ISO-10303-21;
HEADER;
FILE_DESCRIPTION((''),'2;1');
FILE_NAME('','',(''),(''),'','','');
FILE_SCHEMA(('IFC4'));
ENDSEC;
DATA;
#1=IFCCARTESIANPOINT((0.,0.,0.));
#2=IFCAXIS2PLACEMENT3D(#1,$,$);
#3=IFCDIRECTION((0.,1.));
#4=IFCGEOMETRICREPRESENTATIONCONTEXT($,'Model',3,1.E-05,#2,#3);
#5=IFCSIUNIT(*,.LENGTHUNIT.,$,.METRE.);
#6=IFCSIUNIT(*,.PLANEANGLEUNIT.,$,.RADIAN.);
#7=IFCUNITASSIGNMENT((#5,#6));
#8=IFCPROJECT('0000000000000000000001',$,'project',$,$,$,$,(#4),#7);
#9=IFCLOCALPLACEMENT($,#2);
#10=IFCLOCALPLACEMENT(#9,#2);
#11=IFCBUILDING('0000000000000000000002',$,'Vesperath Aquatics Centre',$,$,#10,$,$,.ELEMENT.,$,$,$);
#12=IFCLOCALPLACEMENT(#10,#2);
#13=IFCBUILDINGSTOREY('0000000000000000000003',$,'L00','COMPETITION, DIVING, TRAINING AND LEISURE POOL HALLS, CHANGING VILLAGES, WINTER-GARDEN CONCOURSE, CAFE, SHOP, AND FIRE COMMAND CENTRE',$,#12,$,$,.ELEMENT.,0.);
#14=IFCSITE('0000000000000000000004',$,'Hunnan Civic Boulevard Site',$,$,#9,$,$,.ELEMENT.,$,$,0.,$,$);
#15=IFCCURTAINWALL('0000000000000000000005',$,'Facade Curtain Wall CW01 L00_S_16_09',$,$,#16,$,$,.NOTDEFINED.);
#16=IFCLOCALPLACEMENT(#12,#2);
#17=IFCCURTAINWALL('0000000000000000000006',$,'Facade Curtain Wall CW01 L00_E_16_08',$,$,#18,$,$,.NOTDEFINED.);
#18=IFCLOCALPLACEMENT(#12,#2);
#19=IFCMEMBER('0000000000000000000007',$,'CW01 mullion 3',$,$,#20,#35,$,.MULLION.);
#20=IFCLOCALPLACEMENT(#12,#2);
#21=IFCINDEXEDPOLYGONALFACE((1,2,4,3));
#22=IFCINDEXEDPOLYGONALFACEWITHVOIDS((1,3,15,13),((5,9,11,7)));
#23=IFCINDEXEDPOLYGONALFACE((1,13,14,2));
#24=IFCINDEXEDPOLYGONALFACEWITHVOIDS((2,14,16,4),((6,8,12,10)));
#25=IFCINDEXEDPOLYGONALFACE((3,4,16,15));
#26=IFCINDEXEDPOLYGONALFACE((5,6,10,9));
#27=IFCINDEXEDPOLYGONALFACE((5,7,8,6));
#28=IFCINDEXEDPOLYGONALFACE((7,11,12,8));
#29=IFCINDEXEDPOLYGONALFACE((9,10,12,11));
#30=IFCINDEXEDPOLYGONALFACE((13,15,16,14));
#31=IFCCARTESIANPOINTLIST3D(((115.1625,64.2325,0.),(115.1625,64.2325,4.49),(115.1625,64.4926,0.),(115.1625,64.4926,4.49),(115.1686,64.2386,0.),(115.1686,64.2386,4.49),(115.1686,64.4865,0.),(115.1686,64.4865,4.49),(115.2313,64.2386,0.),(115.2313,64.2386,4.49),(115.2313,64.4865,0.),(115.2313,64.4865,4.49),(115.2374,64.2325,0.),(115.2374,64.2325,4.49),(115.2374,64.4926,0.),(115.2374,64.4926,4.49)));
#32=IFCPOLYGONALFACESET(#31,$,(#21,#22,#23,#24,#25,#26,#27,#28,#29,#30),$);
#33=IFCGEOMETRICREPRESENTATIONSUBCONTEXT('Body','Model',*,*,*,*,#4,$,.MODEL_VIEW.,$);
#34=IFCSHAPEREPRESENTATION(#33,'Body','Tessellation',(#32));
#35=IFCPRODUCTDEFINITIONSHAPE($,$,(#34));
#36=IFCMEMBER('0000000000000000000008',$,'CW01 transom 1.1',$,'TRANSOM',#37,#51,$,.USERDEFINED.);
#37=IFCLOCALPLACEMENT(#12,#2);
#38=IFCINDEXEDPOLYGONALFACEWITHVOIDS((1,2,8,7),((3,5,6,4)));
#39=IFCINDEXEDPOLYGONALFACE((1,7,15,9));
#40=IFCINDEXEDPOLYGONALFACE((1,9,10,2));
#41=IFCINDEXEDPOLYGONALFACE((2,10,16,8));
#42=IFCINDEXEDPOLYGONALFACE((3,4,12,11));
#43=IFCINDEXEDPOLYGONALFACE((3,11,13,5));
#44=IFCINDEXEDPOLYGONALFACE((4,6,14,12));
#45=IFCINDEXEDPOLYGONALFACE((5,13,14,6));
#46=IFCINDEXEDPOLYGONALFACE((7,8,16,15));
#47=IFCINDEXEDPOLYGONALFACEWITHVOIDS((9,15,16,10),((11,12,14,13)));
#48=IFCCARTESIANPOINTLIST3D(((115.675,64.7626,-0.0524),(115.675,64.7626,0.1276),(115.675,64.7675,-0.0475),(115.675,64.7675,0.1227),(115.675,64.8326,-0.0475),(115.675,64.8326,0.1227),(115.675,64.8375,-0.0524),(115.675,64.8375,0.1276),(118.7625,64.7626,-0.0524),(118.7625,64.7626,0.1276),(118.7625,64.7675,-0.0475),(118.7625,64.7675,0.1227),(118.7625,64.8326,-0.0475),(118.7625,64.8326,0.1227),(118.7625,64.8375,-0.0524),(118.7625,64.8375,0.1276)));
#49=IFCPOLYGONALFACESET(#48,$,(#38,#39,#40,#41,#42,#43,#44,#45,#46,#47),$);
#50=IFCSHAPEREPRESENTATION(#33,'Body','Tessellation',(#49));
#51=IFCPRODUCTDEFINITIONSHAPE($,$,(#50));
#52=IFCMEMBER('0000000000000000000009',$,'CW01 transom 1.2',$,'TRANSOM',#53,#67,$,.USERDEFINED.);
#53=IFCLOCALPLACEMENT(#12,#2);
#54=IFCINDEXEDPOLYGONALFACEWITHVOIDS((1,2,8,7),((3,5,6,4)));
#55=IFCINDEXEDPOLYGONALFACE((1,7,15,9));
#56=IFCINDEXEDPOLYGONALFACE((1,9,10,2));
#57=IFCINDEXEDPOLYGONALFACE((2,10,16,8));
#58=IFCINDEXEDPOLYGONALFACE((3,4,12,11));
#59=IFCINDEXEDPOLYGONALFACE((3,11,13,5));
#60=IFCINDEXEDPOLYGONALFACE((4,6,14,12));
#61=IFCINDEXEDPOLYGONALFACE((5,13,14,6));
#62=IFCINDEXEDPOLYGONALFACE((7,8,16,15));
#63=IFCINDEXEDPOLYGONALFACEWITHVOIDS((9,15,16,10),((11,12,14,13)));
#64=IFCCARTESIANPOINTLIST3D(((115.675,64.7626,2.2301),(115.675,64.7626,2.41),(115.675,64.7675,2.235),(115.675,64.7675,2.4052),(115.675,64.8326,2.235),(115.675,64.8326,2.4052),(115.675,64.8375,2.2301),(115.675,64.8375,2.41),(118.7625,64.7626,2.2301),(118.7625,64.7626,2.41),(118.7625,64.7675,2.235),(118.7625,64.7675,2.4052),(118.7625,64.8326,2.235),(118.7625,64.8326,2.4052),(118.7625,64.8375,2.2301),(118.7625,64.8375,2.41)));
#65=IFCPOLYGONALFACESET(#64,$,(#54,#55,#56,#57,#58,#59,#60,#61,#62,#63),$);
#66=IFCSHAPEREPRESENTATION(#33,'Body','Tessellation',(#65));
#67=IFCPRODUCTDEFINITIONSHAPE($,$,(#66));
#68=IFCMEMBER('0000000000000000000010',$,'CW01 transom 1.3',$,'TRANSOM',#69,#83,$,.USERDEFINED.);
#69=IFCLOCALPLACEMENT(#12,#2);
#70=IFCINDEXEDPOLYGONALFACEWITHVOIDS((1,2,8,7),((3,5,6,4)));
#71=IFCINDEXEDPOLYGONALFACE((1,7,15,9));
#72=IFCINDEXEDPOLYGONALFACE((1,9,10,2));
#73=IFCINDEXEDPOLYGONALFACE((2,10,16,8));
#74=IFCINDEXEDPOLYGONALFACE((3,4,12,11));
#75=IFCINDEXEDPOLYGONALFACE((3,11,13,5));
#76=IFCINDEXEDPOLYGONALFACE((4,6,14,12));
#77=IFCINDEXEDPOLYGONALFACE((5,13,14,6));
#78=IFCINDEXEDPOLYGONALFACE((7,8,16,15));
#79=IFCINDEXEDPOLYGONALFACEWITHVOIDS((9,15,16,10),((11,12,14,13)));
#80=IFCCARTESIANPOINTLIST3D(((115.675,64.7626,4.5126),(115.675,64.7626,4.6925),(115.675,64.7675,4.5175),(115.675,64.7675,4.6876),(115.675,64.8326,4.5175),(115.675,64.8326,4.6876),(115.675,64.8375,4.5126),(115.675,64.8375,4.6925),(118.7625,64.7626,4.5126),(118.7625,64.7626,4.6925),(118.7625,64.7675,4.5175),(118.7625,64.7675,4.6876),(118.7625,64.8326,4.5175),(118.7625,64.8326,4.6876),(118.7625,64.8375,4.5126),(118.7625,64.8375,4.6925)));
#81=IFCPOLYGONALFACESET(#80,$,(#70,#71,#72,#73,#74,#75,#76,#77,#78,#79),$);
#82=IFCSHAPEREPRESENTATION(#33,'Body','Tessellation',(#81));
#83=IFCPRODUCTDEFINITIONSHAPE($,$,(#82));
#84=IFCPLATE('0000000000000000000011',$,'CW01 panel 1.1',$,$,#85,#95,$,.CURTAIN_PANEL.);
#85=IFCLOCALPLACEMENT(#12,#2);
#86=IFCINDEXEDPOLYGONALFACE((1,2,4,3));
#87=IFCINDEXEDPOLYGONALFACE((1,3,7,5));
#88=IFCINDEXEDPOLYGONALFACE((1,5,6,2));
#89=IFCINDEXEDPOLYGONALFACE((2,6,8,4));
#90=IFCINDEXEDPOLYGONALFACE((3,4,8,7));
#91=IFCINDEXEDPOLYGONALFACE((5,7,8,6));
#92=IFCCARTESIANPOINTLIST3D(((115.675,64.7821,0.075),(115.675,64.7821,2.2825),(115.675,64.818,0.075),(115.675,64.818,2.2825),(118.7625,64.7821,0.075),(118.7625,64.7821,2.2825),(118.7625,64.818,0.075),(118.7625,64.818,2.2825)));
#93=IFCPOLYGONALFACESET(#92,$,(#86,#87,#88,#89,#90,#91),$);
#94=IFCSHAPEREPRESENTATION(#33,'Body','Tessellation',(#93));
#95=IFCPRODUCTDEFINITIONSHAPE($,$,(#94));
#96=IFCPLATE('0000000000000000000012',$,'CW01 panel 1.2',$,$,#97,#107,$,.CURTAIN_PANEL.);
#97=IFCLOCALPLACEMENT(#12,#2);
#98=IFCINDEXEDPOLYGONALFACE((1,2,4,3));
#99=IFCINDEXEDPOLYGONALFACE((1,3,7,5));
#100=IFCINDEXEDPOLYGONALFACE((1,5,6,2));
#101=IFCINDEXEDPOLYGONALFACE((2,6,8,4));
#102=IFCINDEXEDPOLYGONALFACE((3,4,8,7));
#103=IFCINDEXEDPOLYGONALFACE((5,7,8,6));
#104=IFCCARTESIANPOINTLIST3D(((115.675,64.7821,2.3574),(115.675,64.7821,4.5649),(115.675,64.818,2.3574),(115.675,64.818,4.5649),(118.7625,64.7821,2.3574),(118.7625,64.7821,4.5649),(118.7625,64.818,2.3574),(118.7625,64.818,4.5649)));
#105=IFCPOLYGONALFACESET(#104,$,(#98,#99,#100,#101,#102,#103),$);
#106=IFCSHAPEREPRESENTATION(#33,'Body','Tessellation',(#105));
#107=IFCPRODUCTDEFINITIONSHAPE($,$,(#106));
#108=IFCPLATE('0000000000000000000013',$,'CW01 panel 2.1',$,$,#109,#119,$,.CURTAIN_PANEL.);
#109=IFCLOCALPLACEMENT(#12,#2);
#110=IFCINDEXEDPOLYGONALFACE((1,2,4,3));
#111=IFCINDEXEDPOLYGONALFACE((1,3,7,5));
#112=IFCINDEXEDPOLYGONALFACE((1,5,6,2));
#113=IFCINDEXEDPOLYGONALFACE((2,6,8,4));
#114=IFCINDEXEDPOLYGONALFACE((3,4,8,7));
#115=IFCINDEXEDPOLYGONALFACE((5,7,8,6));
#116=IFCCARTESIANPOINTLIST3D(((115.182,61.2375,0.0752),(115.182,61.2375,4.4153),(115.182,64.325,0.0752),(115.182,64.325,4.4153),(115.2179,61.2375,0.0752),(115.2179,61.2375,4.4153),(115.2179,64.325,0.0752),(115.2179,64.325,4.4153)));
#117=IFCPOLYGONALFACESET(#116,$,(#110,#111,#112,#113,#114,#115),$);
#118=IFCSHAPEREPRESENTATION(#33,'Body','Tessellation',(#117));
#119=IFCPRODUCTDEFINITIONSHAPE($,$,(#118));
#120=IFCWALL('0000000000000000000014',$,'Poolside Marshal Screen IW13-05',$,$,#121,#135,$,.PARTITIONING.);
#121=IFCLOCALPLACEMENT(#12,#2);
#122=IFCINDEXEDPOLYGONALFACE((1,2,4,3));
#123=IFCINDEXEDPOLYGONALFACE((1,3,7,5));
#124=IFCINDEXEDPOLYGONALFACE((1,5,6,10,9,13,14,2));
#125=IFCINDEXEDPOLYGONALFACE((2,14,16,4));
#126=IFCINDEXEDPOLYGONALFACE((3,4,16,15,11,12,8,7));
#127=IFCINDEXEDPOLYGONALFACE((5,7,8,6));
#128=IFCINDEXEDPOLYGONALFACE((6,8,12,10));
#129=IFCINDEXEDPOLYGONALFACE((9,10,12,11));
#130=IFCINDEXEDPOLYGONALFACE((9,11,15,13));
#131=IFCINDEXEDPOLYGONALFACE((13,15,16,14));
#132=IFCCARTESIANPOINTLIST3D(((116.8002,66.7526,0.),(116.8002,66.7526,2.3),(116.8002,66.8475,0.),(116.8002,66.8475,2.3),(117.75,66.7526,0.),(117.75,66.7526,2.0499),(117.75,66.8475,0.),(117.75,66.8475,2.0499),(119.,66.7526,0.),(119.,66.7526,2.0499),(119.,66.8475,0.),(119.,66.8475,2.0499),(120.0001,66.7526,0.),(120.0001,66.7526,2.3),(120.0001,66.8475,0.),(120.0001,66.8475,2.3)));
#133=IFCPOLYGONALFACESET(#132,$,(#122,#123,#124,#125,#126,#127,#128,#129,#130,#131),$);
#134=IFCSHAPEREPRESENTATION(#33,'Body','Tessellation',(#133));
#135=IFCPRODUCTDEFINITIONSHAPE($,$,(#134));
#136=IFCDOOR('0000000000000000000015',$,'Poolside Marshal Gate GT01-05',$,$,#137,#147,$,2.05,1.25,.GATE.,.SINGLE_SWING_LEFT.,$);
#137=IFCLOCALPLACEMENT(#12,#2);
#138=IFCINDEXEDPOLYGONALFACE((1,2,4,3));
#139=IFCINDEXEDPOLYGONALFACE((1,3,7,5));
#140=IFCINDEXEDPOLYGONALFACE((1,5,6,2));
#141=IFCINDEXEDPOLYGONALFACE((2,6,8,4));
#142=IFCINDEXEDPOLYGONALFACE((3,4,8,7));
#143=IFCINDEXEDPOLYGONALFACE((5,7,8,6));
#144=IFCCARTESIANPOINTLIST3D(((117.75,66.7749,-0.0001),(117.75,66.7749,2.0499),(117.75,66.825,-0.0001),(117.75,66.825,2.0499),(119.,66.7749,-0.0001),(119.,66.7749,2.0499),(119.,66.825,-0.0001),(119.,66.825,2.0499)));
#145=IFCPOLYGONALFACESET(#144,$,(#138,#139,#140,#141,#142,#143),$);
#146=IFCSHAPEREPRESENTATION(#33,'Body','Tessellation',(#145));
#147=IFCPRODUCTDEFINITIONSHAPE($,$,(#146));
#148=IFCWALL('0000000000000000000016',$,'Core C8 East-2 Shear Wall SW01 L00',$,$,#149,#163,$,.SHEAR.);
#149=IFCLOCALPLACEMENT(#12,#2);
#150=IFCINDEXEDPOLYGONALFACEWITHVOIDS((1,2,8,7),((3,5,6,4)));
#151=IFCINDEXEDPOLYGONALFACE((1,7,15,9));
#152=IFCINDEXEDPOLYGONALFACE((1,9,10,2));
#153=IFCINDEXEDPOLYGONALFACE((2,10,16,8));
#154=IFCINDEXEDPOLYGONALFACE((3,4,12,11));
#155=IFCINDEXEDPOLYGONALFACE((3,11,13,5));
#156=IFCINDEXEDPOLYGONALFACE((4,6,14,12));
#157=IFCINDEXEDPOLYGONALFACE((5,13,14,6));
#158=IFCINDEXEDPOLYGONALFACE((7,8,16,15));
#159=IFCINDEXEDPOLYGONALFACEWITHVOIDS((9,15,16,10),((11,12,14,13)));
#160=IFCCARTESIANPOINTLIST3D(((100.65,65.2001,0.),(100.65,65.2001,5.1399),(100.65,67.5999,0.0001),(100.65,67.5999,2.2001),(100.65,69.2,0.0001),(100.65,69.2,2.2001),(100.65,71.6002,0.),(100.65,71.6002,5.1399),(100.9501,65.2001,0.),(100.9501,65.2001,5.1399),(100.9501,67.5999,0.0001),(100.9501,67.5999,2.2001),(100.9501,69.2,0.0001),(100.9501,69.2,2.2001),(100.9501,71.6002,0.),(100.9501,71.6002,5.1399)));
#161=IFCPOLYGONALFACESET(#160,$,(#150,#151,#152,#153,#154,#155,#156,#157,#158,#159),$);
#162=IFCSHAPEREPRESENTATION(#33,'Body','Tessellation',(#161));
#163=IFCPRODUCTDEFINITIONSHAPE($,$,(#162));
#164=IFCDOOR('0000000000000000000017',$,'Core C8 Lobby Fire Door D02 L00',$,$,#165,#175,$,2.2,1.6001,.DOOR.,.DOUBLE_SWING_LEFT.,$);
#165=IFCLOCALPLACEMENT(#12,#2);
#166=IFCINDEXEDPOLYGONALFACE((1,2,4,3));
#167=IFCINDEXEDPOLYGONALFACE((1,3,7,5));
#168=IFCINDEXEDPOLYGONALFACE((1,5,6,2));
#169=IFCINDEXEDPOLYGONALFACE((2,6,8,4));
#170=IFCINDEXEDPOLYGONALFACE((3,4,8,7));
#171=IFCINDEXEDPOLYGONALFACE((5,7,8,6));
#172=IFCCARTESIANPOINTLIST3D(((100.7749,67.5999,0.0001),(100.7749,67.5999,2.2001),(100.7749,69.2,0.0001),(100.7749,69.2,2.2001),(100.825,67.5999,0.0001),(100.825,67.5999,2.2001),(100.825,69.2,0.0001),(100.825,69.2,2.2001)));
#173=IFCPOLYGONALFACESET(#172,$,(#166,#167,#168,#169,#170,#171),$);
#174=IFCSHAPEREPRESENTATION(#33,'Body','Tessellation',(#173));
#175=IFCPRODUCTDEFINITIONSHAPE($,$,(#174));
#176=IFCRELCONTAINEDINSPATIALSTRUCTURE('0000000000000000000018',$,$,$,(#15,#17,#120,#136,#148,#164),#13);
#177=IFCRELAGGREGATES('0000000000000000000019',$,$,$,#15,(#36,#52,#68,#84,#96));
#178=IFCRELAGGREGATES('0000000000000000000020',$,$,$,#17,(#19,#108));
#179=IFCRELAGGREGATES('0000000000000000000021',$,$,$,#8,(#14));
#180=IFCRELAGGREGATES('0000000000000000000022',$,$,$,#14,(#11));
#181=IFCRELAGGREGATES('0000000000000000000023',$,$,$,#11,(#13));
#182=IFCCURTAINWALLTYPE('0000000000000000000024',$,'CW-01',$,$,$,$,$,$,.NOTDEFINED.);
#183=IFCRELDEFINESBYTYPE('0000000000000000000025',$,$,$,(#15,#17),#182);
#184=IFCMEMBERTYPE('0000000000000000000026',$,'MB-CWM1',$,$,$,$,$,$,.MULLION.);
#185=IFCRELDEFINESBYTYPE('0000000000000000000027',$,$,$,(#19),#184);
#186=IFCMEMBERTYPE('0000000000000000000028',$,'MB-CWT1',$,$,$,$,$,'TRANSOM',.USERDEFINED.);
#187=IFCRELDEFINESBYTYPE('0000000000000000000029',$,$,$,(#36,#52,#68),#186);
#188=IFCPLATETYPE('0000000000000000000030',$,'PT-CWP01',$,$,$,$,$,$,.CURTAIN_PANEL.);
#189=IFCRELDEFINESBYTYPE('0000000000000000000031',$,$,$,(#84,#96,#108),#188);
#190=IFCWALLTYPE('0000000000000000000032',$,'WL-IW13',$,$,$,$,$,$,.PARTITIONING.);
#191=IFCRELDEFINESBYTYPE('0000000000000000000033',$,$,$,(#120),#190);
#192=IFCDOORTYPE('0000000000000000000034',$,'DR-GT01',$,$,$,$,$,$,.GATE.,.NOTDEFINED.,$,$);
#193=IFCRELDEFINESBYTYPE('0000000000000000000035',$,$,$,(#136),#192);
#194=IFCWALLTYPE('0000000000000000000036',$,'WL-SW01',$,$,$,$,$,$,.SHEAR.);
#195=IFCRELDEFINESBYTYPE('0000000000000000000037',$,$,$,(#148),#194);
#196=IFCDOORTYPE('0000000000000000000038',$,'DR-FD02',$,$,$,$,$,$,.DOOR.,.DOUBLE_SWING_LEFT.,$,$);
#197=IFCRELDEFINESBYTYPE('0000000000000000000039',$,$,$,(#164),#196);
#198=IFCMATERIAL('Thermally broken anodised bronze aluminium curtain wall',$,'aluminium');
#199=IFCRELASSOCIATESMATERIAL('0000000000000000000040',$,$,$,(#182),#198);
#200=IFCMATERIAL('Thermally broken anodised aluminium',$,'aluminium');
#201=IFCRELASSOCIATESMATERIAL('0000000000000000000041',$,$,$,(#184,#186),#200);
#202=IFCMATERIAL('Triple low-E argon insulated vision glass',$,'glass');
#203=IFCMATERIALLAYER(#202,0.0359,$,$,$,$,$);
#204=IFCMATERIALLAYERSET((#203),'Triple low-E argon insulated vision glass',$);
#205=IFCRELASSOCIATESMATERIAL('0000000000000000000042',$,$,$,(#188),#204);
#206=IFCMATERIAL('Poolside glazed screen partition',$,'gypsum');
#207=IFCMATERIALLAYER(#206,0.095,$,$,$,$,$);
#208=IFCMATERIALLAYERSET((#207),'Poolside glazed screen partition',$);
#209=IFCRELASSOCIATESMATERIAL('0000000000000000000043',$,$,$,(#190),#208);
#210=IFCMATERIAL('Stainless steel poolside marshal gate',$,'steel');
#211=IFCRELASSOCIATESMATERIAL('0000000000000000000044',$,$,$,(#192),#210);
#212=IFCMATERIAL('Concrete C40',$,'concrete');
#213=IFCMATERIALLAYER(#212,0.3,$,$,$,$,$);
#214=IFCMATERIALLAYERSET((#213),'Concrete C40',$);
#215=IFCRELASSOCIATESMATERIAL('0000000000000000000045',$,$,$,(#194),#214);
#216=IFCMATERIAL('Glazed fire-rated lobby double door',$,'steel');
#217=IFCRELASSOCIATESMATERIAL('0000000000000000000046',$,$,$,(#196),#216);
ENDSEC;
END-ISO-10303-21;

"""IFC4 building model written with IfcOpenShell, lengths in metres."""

from ifc_helpers import new_model, si_unit, direction, frame, frame_2d, origin, origin_2d, place, context, subcontext, project, spatial, rectangle, hollow_rectangle, extrude, material, layer, layer_set, material_profile, profile_set, type_object, element, fill, aggregate, save


model = new_model("IFC4")

# Units and contexts
model_context = context("Model", 3, precision=1e-05, world=origin(), true_north=direction((0.0, 1.0)))
body_context = subcontext(model_context, "Body", "Model", "MODEL_VIEW")
ifc_project = project(units=[si_unit("LENGTHUNIT", "METRE"), si_unit("PLANEANGLEUNIT", "RADIAN")], contexts=[model_context])

# Site, building, storey
site_placement = place(None, origin())
site = spatial("IfcSite", under=ifc_project, at=site_placement, Name="Hunnan Civic Boulevard Site", CompositionType="ELEMENT", RefElevation=0.0)
building_placement = place(site_placement, origin())
building = spatial("IfcBuilding", under=site, at=building_placement, Name="Vesperath Aquatics Centre", CompositionType="ELEMENT")
storey_placement = place(building_placement, origin())
storey = spatial("IfcBuildingStorey", under=building, at=storey_placement, Name="L00", Description="COMPETITION, DIVING, TRAINING AND LEISURE POOL HALLS, CHANGING VILLAGES, WINTER-GARDEN CONCOURSE, CAFE, SHOP, AND FIRE COMMAND CENTRE", CompositionType="ELEMENT", Elevation=0.0)

# Shared definitions
ifc_material_1 = material(Name="Concrete C40", Category="concrete")

# Curtain walls, member
ifc_material_2 = material(Name="Thermally broken anodised bronze aluminium curtain wall", Category="aluminium")
curtain_wall_type = type_object("IfcCurtainWallType", Name="CW-01", PredefinedType="NOTDEFINED", material=ifc_material_2)
curtain_wall_1_placement = place(storey_placement, origin())
curtain_wall_1 = element("IfcCurtainWall", 1, at=curtain_wall_1_placement, inside=storey, type_object=curtain_wall_type, Name="Facade Curtain Wall CW01 L00_S_16_09", PredefinedType="NOTDEFINED")
ifc_material_3 = material(Name="Thermally broken anodised aluminium", Category="aluminium")
ifc_material_profile_1 = material_profile(ifc_material_3, hollow_rectangle(XDim=0.075, YDim=0.26, WallThickness=0.0061, at=origin_2d()), Name="CWM 75x260x6")
ifc_profile_set_1 = profile_set([ifc_material_profile_1], Name="Thermally broken anodised aluminium")
member_type_1 = type_object("IfcMemberType", Name="MB-CWM1", PredefinedType="MULLION", material=ifc_profile_set_1)
curtain_wall_2_placement = place(storey_placement, origin())
curtain_wall_2 = element("IfcCurtainWall", 2, at=curtain_wall_2_placement, inside=storey, type_object=curtain_wall_type, Name="Facade Curtain Wall CW01 L00_E_16_08", PredefinedType="NOTDEFINED")
member_1_placement = place(storey_placement, frame((115.2, 64.3625, 0.0), z_axis=(0.0, 0.0, 1.0), x_axis=(-1.0, 0.0, 0.0)))
member_1 = element("IfcMember", 3, at=member_1_placement, type_object=member_type_1, Name="CW01 mullion 3", PredefinedType="MULLION", context=body_context, shape_type="SweptSolid", body=[
    extrude(hollow_rectangle(XDim=0.075, YDim=0.26, WallThickness=0.0061, at=origin_2d()), origin(), (0.0, 0.0, 1.0), 4.49),
])

# Members
ifc_material_profile_2 = material_profile(ifc_material_3, hollow_rectangle(XDim=0.075, YDim=0.1799, WallThickness=0.0049, at=origin_2d()), Name="CWT 75x180x5")
ifc_profile_set_2 = profile_set([ifc_material_profile_2], Name="Thermally broken anodised aluminium")
member_type_2 = type_object("IfcMemberType", Name="MB-CWT1", ElementType="TRANSOM", PredefinedType="USERDEFINED", material=ifc_profile_set_2)
member_2_placement = place(storey_placement, frame((115.675, 64.8, 0.0376), z_axis=(1.0, 0.0, 0.0), x_axis=(0.0, 1.0, 0.0)))
member_2 = element("IfcMember", 4, at=member_2_placement, type_object=member_type_2, Name="CW01 transom 1.1", ObjectType="TRANSOM", PredefinedType="USERDEFINED", context=body_context, shape_type="SweptSolid", body=[
    extrude(hollow_rectangle(XDim=0.075, YDim=0.1799, WallThickness=0.0049, at=origin_2d()), origin(), (0.0, 0.0, 1.0), 3.0874),
])
member_3_placement = place(storey_placement, frame((115.675, 64.8, 2.3201), z_axis=(1.0, 0.0, 0.0), x_axis=(0.0, 1.0, 0.0)))
member_3 = element("IfcMember", 5, at=member_3_placement, type_object=member_type_2, Name="CW01 transom 1.2", ObjectType="TRANSOM", PredefinedType="USERDEFINED", context=body_context, shape_type="SweptSolid", body=[
    extrude(hollow_rectangle(XDim=0.075, YDim=0.1799, WallThickness=0.0049, at=origin_2d()), origin(), (0.0, 0.0, 1.0), 3.0874),
])
member_4_placement = place(storey_placement, frame((115.675, 64.8, 4.6025), z_axis=(1.0, 0.0, 0.0), x_axis=(0.0, 1.0, 0.0)))
member_4 = element("IfcMember", 6, at=member_4_placement, type_object=member_type_2, Name="CW01 transom 1.3", ObjectType="TRANSOM", PredefinedType="USERDEFINED", context=body_context, shape_type="SweptSolid", body=[
    extrude(hollow_rectangle(XDim=0.075, YDim=0.1799, WallThickness=0.0049, at=origin_2d()), origin(), (0.0, 0.0, 1.0), 3.0874),
])

# Plates
ifc_material_4 = material(Name="Triple low-E argon insulated vision glass", Category="glass")
ifc_layer_1 = layer(ifc_material_4, 0.0359)
ifc_layer_set_1 = layer_set([ifc_layer_1], Name="Triple low-E argon insulated vision glass")
plate_type = type_object("IfcPlateType", Name="PT-CWP01", PredefinedType="CURTAIN_PANEL", material=ifc_layer_set_1)
plate_1_placement = place(storey_placement, frame((117.2188, 64.8, 0.075), z_axis=(0.0, 0.0, 1.0), x_axis=(1.0, 0.0, 0.0)))
plate_1 = element("IfcPlate", 7, at=plate_1_placement, type_object=plate_type, Name="CW01 panel 1.1", PredefinedType="CURTAIN_PANEL", context=body_context, shape_type="SweptSolid", body=[
    extrude(rectangle(XDim=3.0874, YDim=0.0359, at=origin_2d()), origin(), (0.0, 0.0, 1.0), 2.2075),
])
plate_2_placement = place(storey_placement, frame((117.2188, 64.8, 2.3574), z_axis=(0.0, 0.0, 1.0), x_axis=(1.0, 0.0, 0.0)))
plate_2 = element("IfcPlate", 8, at=plate_2_placement, type_object=plate_type, Name="CW01 panel 1.2", PredefinedType="CURTAIN_PANEL", context=body_context, shape_type="SweptSolid", body=[
    extrude(rectangle(XDim=3.0874, YDim=0.0359, at=origin_2d()), origin(), (0.0, 0.0, 1.0), 2.2075),
])
aggregate(curtain_wall_1, [member_2, member_3, member_4, plate_1, plate_2])
plate_3_placement = place(storey_placement, frame((115.2, 62.7812, 0.0752), z_axis=(0.0, 0.0, 1.0), x_axis=(0.0, 1.0, 0.0)))
plate_3 = element("IfcPlate", 9, at=plate_3_placement, type_object=plate_type, Name="CW01 panel 2.1", PredefinedType="CURTAIN_PANEL", context=body_context, shape_type="SweptSolid", body=[
    extrude(rectangle(XDim=3.0874, YDim=0.0359, at=origin_2d()), origin(), (0.0, 0.0, 1.0), 4.3401),
])
aggregate(curtain_wall_2, [member_1, plate_3])

# Walls, openings, doors
ifc_material_5 = material(Name="Poolside glazed screen partition", Category="gypsum")
ifc_layer_2 = layer(ifc_material_5, 0.095)
ifc_layer_set_2 = layer_set([ifc_layer_2], Name="Poolside glazed screen partition")
wall_type_1 = type_object("IfcWallType", Name="WL-IW13", PredefinedType="PARTITIONING", material=ifc_layer_set_2)
wall_1_placement = place(storey_placement, frame((116.8, 66.8, 0.0), z_axis=(0.0, 0.0, 1.0), x_axis=(1.0, 0.0, 0.0)))
wall_1 = element("IfcWall", 10, at=wall_1_placement, inside=storey, type_object=wall_type_1, Name="Poolside Marshal Screen IW13-05", PredefinedType="PARTITIONING", context=body_context, shape_type="SweptSolid", body=[
    extrude(rectangle(XDim=3.2, YDim=0.095, at=frame_2d((1.6001, 0.0))), origin(), (0.0, 0.0, 1.0), 2.3),
])
opening_1_placement = place(wall_1_placement, frame((0.95, 0.0, 0.0)))
opening_1 = element("IfcOpeningElement", 11, at=opening_1_placement, cuts=wall_1, PredefinedType="OPENING", context=body_context, shape_type="SweptSolid", body=[
    extrude(rectangle(XDim=1.25, YDim=2.05, at=frame_2d((0.625, 1.0249))), frame((0.0, 0.0625, 0.0), z_axis=(0.0, -1.0, 0.0), x_axis=(1.0, 0.0, 0.0)), (0.0, 0.0, 1.0), 0.1248),
])
ifc_material_6 = material(Name="Stainless steel poolside marshal gate", Category="steel")
door_type_1 = type_object("IfcDoorType", Name="DR-GT01", OperationType="NOTDEFINED", PredefinedType="GATE", material=ifc_material_6)
door_1_placement = place(opening_1_placement, origin())
door_1 = element("IfcDoor", 12, at=door_1_placement, inside=storey, type_object=door_type_1, Name="Poolside Marshal Gate GT01-05", OperationType="SINGLE_SWING_LEFT", OverallHeight=2.05, OverallWidth=1.25, PredefinedType="GATE", context=body_context, shape_type="SweptSolid", body=[
    extrude(rectangle(XDim=1.25, YDim=2.05, at=frame_2d((0.625, 1.0249))), frame((0.0, 0.0249, 0.0), z_axis=(0.0, -1.0, 0.0), x_axis=(1.0, 0.0, 0.0)), (0.0, 0.0, 1.0), 0.05),
])
fill(opening_1, door_1)
ifc_layer_3 = layer(ifc_material_1, 0.3)
ifc_layer_set_3 = layer_set([ifc_layer_3], Name="Concrete C40")
wall_type_2 = type_object("IfcWallType", Name="WL-SW01", PredefinedType="SHEAR", material=ifc_layer_set_3)
wall_2_placement = place(storey_placement, frame((100.8, 65.2, 0.0), z_axis=(0.0, 0.0, 1.0), x_axis=(0.0, 1.0, 0.0)))
wall_2 = element("IfcWall", 13, at=wall_2_placement, inside=storey, type_object=wall_type_2, Name="Core C8 East-2 Shear Wall SW01 L00", PredefinedType="SHEAR", context=body_context, shape_type="SweptSolid", body=[
    extrude(rectangle(XDim=6.4001, YDim=0.3, at=frame_2d((3.2002, 0.0))), origin(), (0.0, 0.0, 1.0), 5.1399),
])
opening_2_placement = place(wall_2_placement, frame((2.3999, 0.0, 0.0)))
opening_2 = element("IfcOpeningElement", 14, at=opening_2_placement, cuts=wall_2, PredefinedType="OPENING", context=body_context, shape_type="SweptSolid", body=[
    extrude(rectangle(XDim=1.6001, YDim=2.2, at=frame_2d((0.8, 1.1001))), frame((0.0, 0.165, 0.0), z_axis=(0.0, -1.0, 0.0), x_axis=(1.0, 0.0, 0.0)), (0.0, 0.0, 1.0), 0.3298),
])
ifc_material_7 = material(Name="Glazed fire-rated lobby double door", Category="steel")
door_type_2 = type_object("IfcDoorType", Name="DR-FD02", OperationType="DOUBLE_SWING_LEFT", PredefinedType="DOOR", material=ifc_material_7)
door_2_placement = place(opening_2_placement, frame((1.6001, 0.0, 0.0), z_axis=(0.0, 0.0, 1.0), x_axis=(-1.0, 0.0, 0.0)))
door_2 = element("IfcDoor", 15, at=door_2_placement, inside=storey, type_object=door_type_2, Name="Core C8 Lobby Fire Door D02 L00", OperationType="DOUBLE_SWING_LEFT", OverallHeight=2.2, OverallWidth=1.6001, PredefinedType="DOOR", context=body_context, shape_type="SweptSolid", body=[
    extrude(rectangle(XDim=1.6001, YDim=2.2, at=frame_2d((0.8, 1.1001))), frame((0.0, 0.0249, 0.0), z_axis=(0.0, -1.0, 0.0), x_axis=(1.0, 0.0, 0.0)), (0.0, 0.0, 1.0), 0.05),
])
fill(opening_2, door_2)

save(model, "model.ifc")
